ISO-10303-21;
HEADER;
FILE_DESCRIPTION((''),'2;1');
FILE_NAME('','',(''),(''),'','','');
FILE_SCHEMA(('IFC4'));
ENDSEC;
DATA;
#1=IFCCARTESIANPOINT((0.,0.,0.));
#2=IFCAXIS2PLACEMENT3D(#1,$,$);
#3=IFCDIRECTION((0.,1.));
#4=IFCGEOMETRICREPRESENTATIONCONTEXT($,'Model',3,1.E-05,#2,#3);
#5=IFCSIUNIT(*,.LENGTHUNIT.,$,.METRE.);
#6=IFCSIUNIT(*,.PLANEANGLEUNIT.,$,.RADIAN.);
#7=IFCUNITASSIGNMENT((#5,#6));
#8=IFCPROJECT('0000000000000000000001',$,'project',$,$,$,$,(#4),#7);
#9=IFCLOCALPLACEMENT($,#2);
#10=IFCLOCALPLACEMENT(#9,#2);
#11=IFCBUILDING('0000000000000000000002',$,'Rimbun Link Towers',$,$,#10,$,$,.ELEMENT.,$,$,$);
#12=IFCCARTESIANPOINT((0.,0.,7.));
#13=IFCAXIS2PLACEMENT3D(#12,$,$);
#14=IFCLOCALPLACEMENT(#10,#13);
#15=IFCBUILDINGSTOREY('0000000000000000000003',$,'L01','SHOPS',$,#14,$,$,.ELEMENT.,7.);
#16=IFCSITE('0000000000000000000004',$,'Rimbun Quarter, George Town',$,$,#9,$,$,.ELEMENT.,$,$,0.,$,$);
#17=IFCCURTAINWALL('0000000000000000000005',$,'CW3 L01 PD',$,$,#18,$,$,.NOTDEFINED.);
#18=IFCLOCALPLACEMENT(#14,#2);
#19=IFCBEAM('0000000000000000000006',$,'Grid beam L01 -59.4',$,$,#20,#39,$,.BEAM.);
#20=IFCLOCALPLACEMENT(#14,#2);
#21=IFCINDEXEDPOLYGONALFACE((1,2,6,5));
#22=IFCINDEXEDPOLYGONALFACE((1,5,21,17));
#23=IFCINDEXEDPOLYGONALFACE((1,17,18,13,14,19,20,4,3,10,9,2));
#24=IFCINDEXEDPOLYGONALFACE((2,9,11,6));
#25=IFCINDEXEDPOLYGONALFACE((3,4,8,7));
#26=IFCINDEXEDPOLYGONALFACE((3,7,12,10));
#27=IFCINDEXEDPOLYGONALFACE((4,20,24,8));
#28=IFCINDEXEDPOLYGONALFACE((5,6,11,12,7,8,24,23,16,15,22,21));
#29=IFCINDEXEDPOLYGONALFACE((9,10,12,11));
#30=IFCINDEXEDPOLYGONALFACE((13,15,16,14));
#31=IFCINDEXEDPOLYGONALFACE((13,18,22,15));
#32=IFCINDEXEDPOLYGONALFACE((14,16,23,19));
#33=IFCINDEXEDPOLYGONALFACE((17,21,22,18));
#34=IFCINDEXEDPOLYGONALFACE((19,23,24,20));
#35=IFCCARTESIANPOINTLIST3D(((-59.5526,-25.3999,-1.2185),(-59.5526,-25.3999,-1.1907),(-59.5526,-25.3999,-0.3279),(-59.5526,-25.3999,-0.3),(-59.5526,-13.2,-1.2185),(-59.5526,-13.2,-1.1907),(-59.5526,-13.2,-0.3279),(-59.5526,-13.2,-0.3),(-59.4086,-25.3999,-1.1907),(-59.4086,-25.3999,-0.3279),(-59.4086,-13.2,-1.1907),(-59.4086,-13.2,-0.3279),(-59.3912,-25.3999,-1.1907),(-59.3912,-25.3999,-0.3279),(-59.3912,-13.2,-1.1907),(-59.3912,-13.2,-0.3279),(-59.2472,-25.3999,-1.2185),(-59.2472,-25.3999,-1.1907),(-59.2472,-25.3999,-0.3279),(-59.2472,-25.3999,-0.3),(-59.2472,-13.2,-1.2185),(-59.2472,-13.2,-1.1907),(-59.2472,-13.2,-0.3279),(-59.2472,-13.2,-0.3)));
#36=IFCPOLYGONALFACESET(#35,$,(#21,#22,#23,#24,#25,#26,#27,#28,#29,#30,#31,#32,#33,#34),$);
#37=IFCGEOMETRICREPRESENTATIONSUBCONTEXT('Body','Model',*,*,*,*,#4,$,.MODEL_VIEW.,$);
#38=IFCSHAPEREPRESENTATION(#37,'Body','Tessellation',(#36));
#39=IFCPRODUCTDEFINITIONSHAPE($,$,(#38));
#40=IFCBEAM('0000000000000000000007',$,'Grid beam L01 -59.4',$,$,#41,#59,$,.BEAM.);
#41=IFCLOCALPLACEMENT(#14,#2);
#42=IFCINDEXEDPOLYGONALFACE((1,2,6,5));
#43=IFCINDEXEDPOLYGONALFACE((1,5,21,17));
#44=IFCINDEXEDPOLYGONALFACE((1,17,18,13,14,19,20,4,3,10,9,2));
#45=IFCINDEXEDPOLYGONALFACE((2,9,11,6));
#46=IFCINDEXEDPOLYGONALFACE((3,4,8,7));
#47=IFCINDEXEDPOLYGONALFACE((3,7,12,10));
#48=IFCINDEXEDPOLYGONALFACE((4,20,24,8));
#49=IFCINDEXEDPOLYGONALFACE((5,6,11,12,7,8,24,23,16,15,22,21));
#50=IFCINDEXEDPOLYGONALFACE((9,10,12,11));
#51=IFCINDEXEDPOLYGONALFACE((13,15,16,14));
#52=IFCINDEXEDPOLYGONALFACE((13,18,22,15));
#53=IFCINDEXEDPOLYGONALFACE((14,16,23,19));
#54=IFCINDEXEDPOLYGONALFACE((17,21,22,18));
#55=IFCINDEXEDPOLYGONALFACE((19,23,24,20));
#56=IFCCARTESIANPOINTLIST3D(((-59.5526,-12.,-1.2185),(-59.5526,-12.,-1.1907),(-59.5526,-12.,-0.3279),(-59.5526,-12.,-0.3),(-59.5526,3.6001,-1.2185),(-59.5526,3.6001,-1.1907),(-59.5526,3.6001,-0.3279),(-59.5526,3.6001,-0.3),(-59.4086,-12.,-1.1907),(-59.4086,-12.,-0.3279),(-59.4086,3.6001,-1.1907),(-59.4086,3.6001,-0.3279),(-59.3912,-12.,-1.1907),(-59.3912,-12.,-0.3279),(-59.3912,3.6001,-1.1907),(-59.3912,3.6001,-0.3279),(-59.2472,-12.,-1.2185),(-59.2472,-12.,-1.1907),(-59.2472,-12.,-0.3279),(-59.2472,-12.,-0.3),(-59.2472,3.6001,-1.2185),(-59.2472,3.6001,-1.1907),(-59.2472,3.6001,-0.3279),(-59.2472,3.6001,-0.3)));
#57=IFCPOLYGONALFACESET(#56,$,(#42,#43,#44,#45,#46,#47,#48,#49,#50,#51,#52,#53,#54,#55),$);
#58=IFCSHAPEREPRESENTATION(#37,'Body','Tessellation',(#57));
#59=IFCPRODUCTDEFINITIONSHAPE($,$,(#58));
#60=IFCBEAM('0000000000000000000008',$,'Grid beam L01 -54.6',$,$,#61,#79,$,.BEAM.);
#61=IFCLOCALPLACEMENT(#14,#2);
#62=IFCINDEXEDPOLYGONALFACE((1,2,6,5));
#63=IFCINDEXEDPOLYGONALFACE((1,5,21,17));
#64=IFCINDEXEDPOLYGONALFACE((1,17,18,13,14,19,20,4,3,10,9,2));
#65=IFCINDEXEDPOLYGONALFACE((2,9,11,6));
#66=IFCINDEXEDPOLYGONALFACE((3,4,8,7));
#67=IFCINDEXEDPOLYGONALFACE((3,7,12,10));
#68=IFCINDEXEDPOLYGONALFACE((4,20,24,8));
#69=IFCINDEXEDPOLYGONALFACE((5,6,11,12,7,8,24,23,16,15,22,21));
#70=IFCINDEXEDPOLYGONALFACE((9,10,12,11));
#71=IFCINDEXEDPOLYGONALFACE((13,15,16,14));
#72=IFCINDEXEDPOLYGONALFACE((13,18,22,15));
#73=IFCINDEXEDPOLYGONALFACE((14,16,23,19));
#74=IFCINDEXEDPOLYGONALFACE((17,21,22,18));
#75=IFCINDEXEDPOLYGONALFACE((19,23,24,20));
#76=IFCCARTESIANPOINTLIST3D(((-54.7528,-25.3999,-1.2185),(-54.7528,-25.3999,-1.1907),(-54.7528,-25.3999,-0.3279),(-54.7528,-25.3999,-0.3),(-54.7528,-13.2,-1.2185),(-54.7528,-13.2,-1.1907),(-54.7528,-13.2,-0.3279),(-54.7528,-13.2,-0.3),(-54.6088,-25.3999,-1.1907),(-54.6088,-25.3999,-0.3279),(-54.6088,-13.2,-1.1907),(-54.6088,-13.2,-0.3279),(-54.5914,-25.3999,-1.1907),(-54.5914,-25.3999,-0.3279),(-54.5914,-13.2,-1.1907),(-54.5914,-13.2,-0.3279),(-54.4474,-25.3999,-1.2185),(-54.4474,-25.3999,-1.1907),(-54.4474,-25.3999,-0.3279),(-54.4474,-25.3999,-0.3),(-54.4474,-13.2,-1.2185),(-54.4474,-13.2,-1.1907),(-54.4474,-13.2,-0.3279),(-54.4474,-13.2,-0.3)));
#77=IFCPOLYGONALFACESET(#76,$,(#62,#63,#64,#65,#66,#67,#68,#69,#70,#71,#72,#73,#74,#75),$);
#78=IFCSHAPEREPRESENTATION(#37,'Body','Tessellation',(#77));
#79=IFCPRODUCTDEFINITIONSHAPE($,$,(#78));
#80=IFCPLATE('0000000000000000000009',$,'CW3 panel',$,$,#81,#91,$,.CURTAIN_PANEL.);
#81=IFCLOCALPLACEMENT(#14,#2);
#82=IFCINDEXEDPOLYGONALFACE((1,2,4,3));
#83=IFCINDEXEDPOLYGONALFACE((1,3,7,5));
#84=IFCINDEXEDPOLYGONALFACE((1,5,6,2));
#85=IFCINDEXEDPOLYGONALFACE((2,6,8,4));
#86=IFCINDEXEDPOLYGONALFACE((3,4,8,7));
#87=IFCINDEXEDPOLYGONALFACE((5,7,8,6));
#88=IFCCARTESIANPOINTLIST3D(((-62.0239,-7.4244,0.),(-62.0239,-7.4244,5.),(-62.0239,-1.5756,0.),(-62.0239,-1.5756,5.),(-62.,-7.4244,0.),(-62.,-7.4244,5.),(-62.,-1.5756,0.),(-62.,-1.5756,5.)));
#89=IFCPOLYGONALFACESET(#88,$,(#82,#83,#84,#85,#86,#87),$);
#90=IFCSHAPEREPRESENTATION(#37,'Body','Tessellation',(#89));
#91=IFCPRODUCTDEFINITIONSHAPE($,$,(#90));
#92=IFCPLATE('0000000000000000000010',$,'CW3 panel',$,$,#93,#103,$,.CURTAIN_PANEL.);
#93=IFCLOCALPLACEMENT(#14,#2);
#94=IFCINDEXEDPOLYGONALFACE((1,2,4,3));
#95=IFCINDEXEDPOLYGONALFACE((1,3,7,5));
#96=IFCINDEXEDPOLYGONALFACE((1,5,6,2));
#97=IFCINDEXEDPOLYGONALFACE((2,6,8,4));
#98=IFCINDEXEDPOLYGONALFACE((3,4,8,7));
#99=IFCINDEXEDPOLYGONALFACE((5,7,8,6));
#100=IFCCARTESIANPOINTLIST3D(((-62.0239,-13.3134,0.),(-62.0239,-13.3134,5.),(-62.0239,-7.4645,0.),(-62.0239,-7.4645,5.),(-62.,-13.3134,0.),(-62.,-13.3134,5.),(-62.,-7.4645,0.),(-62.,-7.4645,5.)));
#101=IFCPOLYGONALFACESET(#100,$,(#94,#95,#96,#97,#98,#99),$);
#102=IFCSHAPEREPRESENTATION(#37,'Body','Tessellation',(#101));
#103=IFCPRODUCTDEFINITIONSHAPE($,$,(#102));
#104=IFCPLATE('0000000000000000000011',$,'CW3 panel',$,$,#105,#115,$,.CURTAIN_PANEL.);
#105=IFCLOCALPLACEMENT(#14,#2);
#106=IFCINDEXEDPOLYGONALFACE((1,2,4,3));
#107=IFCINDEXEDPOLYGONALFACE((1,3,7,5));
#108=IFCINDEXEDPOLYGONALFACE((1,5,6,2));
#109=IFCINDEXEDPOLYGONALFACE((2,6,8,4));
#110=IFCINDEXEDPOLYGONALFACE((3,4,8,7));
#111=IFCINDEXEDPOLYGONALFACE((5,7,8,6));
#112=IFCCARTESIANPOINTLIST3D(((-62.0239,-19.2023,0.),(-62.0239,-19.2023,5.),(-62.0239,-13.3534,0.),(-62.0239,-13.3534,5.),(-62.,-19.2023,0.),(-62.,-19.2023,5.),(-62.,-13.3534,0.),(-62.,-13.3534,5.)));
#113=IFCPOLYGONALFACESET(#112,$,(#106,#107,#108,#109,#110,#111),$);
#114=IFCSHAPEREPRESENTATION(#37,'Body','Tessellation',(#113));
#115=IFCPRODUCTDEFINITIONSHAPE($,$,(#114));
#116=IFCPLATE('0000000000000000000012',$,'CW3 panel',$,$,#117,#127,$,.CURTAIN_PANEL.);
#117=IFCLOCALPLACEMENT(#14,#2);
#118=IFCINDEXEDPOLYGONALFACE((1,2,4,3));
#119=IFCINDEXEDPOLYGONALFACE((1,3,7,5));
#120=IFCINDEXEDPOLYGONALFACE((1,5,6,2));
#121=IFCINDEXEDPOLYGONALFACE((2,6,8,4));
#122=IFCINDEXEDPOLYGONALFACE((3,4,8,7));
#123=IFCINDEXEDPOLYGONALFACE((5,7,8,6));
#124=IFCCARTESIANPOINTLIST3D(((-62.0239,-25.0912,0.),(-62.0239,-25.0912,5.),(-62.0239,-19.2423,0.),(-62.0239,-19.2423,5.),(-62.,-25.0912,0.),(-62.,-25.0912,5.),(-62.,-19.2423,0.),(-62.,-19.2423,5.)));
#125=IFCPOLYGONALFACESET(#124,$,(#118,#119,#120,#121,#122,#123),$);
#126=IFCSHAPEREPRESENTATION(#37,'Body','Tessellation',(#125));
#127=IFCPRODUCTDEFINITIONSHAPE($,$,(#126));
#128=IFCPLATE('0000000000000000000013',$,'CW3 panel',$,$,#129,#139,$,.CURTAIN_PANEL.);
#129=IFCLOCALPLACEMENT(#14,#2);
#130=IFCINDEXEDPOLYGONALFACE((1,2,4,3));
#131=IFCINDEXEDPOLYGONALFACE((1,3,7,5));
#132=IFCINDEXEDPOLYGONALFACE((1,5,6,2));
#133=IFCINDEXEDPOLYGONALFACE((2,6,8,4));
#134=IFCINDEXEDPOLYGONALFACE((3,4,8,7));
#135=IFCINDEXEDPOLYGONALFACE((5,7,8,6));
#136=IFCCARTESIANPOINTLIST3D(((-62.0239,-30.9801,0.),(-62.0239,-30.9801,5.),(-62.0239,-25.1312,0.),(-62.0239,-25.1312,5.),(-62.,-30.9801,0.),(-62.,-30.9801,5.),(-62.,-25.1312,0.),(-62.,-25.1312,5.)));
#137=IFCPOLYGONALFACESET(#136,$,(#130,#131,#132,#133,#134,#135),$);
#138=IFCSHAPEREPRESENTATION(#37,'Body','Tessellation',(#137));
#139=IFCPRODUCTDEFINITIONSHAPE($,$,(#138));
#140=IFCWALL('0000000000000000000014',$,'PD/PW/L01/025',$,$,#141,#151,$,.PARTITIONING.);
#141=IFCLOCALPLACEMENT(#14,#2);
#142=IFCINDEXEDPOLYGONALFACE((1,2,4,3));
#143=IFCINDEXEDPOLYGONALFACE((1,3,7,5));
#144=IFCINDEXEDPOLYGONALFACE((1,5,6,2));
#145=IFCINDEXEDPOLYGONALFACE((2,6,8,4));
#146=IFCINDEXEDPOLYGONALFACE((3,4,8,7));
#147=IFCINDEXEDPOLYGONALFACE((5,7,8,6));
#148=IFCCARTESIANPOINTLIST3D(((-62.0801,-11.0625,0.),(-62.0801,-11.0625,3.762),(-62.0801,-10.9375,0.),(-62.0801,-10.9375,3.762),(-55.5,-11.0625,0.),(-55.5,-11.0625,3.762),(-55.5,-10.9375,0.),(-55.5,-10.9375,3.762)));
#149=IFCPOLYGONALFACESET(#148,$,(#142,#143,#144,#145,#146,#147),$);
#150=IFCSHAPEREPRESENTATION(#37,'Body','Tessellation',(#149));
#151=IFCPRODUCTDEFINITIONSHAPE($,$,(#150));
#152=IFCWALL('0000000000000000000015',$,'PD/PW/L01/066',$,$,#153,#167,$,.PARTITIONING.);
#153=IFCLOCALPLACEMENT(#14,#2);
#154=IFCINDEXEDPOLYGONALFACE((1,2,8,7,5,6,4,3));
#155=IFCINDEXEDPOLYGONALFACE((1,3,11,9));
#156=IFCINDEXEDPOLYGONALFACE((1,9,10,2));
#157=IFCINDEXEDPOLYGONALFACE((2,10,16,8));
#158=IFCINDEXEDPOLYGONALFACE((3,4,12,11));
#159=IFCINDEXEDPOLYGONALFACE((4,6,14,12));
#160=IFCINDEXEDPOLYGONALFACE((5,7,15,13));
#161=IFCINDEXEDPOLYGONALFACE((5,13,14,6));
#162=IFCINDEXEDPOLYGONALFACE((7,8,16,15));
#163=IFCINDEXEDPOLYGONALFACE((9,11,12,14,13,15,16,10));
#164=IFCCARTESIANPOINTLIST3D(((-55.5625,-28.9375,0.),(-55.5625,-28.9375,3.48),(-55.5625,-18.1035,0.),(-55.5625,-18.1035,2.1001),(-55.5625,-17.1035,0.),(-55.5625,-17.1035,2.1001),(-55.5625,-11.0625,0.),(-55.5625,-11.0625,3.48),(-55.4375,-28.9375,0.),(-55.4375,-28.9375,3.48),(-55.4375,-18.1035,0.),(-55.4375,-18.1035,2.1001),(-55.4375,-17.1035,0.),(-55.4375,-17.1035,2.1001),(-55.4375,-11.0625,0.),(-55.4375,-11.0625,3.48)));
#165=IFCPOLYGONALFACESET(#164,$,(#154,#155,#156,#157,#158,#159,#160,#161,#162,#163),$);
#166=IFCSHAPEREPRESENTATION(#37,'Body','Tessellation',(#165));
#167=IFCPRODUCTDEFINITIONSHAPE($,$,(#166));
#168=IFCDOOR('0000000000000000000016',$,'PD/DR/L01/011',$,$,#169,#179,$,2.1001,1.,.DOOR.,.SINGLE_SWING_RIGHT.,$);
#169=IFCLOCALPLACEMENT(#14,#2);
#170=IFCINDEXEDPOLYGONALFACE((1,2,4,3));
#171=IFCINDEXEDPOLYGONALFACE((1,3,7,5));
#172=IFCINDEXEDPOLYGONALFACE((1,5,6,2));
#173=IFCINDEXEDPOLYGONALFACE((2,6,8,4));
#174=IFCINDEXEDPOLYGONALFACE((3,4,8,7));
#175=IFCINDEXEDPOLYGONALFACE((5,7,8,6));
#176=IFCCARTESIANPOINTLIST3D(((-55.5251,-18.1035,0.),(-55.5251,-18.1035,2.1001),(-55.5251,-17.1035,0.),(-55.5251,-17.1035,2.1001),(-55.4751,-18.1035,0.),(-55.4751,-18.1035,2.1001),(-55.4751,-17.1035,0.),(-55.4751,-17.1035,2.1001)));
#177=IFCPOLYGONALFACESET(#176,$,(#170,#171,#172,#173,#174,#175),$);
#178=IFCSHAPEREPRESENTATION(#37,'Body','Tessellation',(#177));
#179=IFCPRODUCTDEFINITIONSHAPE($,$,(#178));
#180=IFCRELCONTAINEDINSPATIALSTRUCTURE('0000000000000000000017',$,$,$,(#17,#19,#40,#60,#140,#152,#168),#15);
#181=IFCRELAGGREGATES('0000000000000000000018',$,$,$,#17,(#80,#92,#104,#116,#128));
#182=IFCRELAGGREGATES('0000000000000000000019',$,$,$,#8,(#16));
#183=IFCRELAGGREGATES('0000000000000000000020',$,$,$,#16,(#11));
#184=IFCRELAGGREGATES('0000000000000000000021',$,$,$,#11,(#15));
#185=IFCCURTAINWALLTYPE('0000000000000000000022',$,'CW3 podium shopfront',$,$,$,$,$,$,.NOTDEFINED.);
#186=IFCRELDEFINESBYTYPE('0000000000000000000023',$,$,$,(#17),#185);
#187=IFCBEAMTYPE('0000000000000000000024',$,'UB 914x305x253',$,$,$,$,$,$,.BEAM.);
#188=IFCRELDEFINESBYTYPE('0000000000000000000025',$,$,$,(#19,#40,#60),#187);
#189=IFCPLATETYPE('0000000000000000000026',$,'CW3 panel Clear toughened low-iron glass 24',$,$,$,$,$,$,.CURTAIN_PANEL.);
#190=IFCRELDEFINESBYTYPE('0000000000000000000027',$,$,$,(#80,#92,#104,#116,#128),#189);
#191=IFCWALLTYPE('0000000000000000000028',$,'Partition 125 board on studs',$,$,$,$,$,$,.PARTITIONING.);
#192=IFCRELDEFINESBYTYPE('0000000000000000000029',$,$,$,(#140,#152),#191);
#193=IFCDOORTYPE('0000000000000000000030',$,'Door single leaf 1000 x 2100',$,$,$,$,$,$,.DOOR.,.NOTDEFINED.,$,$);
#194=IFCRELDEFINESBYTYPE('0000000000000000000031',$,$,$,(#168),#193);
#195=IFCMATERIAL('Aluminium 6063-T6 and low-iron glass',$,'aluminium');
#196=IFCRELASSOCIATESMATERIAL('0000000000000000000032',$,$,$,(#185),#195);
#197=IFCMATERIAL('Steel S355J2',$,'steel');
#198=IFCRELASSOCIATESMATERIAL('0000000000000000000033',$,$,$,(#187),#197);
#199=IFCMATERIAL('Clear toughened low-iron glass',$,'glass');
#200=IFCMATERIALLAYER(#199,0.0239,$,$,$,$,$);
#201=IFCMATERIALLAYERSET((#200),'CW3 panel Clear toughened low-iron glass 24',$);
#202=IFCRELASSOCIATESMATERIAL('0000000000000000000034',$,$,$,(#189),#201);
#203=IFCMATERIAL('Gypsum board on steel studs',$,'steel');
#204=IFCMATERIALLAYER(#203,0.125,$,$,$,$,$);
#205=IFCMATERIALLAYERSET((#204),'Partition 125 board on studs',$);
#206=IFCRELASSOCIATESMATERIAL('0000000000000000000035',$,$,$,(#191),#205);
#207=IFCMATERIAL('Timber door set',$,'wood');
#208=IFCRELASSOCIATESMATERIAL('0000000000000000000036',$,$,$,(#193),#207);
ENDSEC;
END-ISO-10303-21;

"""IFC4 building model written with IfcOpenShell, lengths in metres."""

from ifc_helpers import new_model, si_unit, direction, frame, frame_2d, origin, origin_2d, place, context, subcontext, project, spatial, rectangle, i_section, extrude, material, layer, layer_set, material_profile, profile_set, type_object, element, fill, aggregate, save


model = new_model("IFC4")

# Units and contexts
model_context = context("Model", 3, precision=1e-05, world=origin(), true_north=direction((0.0, 1.0)))
body_context = subcontext(model_context, "Body", "Model", "MODEL_VIEW")
ifc_project = project(units=[si_unit("LENGTHUNIT", "METRE"), si_unit("PLANEANGLEUNIT", "RADIAN")], contexts=[model_context])

# Site, building, storey
site_placement = place(None, origin())
site = spatial("IfcSite", under=ifc_project, at=site_placement, Name="Rimbun Quarter, George Town", CompositionType="ELEMENT", RefElevation=0.0)
building_placement = place(site_placement, origin())
building = spatial("IfcBuilding", under=site, at=building_placement, Name="Rimbun Link Towers", CompositionType="ELEMENT")
storey_placement = place(building_placement, frame((0.0, 0.0, 7.0)))
storey = spatial("IfcBuildingStorey", under=building, at=storey_placement, Name="L01", Description="SHOPS", CompositionType="ELEMENT", Elevation=7.0)

# Curtain wall
ifc_material_1 = material(Name="Aluminium 6063-T6 and low-iron glass", Category="aluminium")
curtain_wall_type = type_object("IfcCurtainWallType", Name="CW3 podium shopfront", PredefinedType="NOTDEFINED", material=ifc_material_1)
curtain_wall_placement = place(storey_placement, origin())
curtain_wall = element("IfcCurtainWall", 1, at=curtain_wall_placement, inside=storey, type_object=curtain_wall_type, Name="CW3 L01 PD", PredefinedType="NOTDEFINED")

# Beams
ifc_material_2 = material(Name="Steel S355J2", Category="steel")
ifc_material_profile_1 = material_profile(ifc_material_2, i_section(OverallWidth=0.3054, OverallDepth=0.9185, WebThickness=0.0173, FlangeThickness=0.0278, at=origin_2d()), Name="UB 914x305x253")
ifc_profile_set_1 = profile_set([ifc_material_profile_1], Name="Steel S355J2")
beam_type_1 = type_object("IfcBeamType", Name="UB 914x305x253", PredefinedType="BEAM", material=ifc_profile_set_1)
beam_1_placement = place(storey_placement, frame((-59.3999, -25.3999, -0.7593), z_axis=(0.0, 1.0, 0.0), x_axis=(-1.0, 0.0, 0.0)))
element("IfcBeam", 2, at=beam_1_placement, inside=storey, type_object=beam_type_1, Name="Grid beam L01 -59.4", PredefinedType="BEAM", context=body_context, shape_type="SweptSolid", body=[
    extrude(i_section(OverallWidth=0.3054, OverallDepth=0.9185, WebThickness=0.0173, FlangeThickness=0.0278, at=origin_2d()), origin(), (0.0, 0.0, 1.0), 12.2),
])
beam_2_placement = place(storey_placement, frame((-59.3999, -12.0, -0.7593), z_axis=(0.0, 1.0, 0.0), x_axis=(-1.0, 0.0, 0.0)))
element("IfcBeam", 3, at=beam_2_placement, inside=storey, type_object=beam_type_1, Name="Grid beam L01 -59.4", PredefinedType="BEAM", context=body_context, shape_type="SweptSolid", body=[
    extrude(i_section(OverallWidth=0.3054, OverallDepth=0.9185, WebThickness=0.0173, FlangeThickness=0.0278, at=origin_2d()), origin(), (0.0, 0.0, 1.0), 15.6001),
])
beam_3_placement = place(storey_placement, frame((-54.6001, -25.3999, -0.7593), z_axis=(0.0, 1.0, 0.0), x_axis=(-1.0, 0.0, 0.0)))
element("IfcBeam", 4, at=beam_3_placement, inside=storey, type_object=beam_type_1, Name="Grid beam L01 -54.6", PredefinedType="BEAM", context=body_context, shape_type="SweptSolid", body=[
    extrude(i_section(OverallWidth=0.3054, OverallDepth=0.9185, WebThickness=0.0173, FlangeThickness=0.0278, at=origin_2d()), origin(), (0.0, 0.0, 1.0), 12.2),
])

# Plates
ifc_material_3 = material(Name="Clear toughened low-iron glass", Category="glass")
ifc_layer_1 = layer(ifc_material_3, 0.0239)
ifc_layer_set_1 = layer_set([ifc_layer_1], Name="CW3 panel Clear toughened low-iron glass 24")
plate_type = type_object("IfcPlateType", Name="CW3 panel Clear toughened low-iron glass 24", PredefinedType="CURTAIN_PANEL", material=ifc_layer_set_1)
plate_1_placement = place(storey_placement, frame((-62.012, -4.5, 0.0), z_axis=(0.0, 0.0, 1.0), x_axis=(0.0, 1.0, 0.0)))
plate_1 = element("IfcPlate", 5, at=plate_1_placement, type_object=plate_type, Name="CW3 panel", PredefinedType="CURTAIN_PANEL", context=body_context, shape_type="SweptSolid", body=[
    extrude(rectangle(XDim=5.8489, YDim=0.0239, at=origin_2d()), origin(), (0.0, 0.0, 1.0), 5.0),
])
plate_2_placement = place(storey_placement, frame((-62.012, -10.3889, 0.0), z_axis=(0.0, 0.0, 1.0), x_axis=(0.0, 1.0, 0.0)))
plate_2 = element("IfcPlate", 6, at=plate_2_placement, type_object=plate_type, Name="CW3 panel", PredefinedType="CURTAIN_PANEL", context=body_context, shape_type="SweptSolid", body=[
    extrude(rectangle(XDim=5.8489, YDim=0.0239, at=origin_2d()), origin(), (0.0, 0.0, 1.0), 5.0),
])
plate_3_placement = place(storey_placement, frame((-62.012, -16.2778, 0.0), z_axis=(0.0, 0.0, 1.0), x_axis=(0.0, 1.0, 0.0)))
plate_3 = element("IfcPlate", 7, at=plate_3_placement, type_object=plate_type, Name="CW3 panel", PredefinedType="CURTAIN_PANEL", context=body_context, shape_type="SweptSolid", body=[
    extrude(rectangle(XDim=5.8489, YDim=0.0239, at=origin_2d()), origin(), (0.0, 0.0, 1.0), 5.0),
])
plate_4_placement = place(storey_placement, frame((-62.012, -22.1667, 0.0), z_axis=(0.0, 0.0, 1.0), x_axis=(0.0, 1.0, 0.0)))
plate_4 = element("IfcPlate", 8, at=plate_4_placement, type_object=plate_type, Name="CW3 panel", PredefinedType="CURTAIN_PANEL", context=body_context, shape_type="SweptSolid", body=[
    extrude(rectangle(XDim=5.8489, YDim=0.0239, at=origin_2d()), origin(), (0.0, 0.0, 1.0), 5.0),
])
plate_5_placement = place(storey_placement, frame((-62.012, -28.0557, 0.0), z_axis=(0.0, 0.0, 1.0), x_axis=(0.0, 1.0, 0.0)))
plate_5 = element("IfcPlate", 9, at=plate_5_placement, type_object=plate_type, Name="CW3 panel", PredefinedType="CURTAIN_PANEL", context=body_context, shape_type="SweptSolid", body=[
    extrude(rectangle(XDim=5.8489, YDim=0.0239, at=origin_2d()), origin(), (0.0, 0.0, 1.0), 5.0),
])
aggregate(curtain_wall, [plate_1, plate_2, plate_3, plate_4, plate_5])

# Wall
ifc_material_4 = material(Name="Gypsum board on steel studs", Category="steel")
ifc_layer_2 = layer(ifc_material_4, 0.125)
ifc_layer_set_2 = layer_set([ifc_layer_2], Name="Partition 125 board on studs")
wall_type = type_object("IfcWallType", Name="Partition 125 board on studs", PredefinedType="PARTITIONING", material=ifc_layer_set_2)
wall_1_placement = place(storey_placement, frame((-62.0801, -11.0, 0.0), z_axis=(0.0, 0.0, 1.0), x_axis=(1.0, 0.0, 0.0)))
element("IfcWall", 10, at=wall_1_placement, inside=storey, type_object=wall_type, Name="PD/PW/L01/025", PredefinedType="PARTITIONING", context=body_context, shape_type="SweptSolid", body=[
    extrude(rectangle(XDim=6.5801, YDim=0.125, at=frame_2d((3.29, 0.0))), origin(), (0.0, 0.0, 1.0), 3.762),
])

# Wall, opening, door
wall_2_placement = place(storey_placement, frame((-55.5, -11.0625, 0.0), z_axis=(0.0, 0.0, 1.0), x_axis=(0.0, -1.0, 0.0)))
wall_2 = element("IfcWall", 11, at=wall_2_placement, inside=storey, type_object=wall_type, Name="PD/PW/L01/066", PredefinedType="PARTITIONING", context=body_context, shape_type="SweptSolid", body=[
    extrude(rectangle(XDim=17.875, YDim=0.125, at=frame_2d((8.9375, 0.0))), origin(), (0.0, 0.0, 1.0), 3.48),
])
opening_placement = place(wall_2_placement, frame((6.041, 0.0, 0.0)))
opening = element("IfcOpeningElement", 12, at=opening_placement, cuts=wall_2, PredefinedType="OPENING", context=body_context, shape_type="SweptSolid", body=[
    extrude(rectangle(XDim=1.0, YDim=2.1001, at=frame_2d((0.5, 1.05))), frame((0.0, 0.0725, 0.0), z_axis=(0.0, -1.0, 0.0), x_axis=(1.0, 0.0, 0.0)), (0.0, 0.0, 1.0), 0.145),
])
ifc_material_5 = material(Name="Timber door set", Category="wood")
door_type = type_object("IfcDoorType", Name="Door single leaf 1000 x 2100", OperationType="NOTDEFINED", PredefinedType="DOOR", material=ifc_material_5)
door_placement = place(opening_placement, origin())
door = element("IfcDoor", 13, at=door_placement, inside=storey, type_object=door_type, Name="PD/DR/L01/011", OperationType="SINGLE_SWING_RIGHT", OverallHeight=2.1001, OverallWidth=1.0, PredefinedType="DOOR", context=body_context, shape_type="SweptSolid", body=[
    extrude(rectangle(XDim=1.0, YDim=2.1001, at=frame_2d((0.5, 1.05))), frame((0.0, 0.0249, 0.0), z_axis=(0.0, -1.0, 0.0), x_axis=(1.0, 0.0, 0.0)), (0.0, 0.0, 1.0), 0.05),
])
fill(opening, door)

save(model, "model.ifc")
